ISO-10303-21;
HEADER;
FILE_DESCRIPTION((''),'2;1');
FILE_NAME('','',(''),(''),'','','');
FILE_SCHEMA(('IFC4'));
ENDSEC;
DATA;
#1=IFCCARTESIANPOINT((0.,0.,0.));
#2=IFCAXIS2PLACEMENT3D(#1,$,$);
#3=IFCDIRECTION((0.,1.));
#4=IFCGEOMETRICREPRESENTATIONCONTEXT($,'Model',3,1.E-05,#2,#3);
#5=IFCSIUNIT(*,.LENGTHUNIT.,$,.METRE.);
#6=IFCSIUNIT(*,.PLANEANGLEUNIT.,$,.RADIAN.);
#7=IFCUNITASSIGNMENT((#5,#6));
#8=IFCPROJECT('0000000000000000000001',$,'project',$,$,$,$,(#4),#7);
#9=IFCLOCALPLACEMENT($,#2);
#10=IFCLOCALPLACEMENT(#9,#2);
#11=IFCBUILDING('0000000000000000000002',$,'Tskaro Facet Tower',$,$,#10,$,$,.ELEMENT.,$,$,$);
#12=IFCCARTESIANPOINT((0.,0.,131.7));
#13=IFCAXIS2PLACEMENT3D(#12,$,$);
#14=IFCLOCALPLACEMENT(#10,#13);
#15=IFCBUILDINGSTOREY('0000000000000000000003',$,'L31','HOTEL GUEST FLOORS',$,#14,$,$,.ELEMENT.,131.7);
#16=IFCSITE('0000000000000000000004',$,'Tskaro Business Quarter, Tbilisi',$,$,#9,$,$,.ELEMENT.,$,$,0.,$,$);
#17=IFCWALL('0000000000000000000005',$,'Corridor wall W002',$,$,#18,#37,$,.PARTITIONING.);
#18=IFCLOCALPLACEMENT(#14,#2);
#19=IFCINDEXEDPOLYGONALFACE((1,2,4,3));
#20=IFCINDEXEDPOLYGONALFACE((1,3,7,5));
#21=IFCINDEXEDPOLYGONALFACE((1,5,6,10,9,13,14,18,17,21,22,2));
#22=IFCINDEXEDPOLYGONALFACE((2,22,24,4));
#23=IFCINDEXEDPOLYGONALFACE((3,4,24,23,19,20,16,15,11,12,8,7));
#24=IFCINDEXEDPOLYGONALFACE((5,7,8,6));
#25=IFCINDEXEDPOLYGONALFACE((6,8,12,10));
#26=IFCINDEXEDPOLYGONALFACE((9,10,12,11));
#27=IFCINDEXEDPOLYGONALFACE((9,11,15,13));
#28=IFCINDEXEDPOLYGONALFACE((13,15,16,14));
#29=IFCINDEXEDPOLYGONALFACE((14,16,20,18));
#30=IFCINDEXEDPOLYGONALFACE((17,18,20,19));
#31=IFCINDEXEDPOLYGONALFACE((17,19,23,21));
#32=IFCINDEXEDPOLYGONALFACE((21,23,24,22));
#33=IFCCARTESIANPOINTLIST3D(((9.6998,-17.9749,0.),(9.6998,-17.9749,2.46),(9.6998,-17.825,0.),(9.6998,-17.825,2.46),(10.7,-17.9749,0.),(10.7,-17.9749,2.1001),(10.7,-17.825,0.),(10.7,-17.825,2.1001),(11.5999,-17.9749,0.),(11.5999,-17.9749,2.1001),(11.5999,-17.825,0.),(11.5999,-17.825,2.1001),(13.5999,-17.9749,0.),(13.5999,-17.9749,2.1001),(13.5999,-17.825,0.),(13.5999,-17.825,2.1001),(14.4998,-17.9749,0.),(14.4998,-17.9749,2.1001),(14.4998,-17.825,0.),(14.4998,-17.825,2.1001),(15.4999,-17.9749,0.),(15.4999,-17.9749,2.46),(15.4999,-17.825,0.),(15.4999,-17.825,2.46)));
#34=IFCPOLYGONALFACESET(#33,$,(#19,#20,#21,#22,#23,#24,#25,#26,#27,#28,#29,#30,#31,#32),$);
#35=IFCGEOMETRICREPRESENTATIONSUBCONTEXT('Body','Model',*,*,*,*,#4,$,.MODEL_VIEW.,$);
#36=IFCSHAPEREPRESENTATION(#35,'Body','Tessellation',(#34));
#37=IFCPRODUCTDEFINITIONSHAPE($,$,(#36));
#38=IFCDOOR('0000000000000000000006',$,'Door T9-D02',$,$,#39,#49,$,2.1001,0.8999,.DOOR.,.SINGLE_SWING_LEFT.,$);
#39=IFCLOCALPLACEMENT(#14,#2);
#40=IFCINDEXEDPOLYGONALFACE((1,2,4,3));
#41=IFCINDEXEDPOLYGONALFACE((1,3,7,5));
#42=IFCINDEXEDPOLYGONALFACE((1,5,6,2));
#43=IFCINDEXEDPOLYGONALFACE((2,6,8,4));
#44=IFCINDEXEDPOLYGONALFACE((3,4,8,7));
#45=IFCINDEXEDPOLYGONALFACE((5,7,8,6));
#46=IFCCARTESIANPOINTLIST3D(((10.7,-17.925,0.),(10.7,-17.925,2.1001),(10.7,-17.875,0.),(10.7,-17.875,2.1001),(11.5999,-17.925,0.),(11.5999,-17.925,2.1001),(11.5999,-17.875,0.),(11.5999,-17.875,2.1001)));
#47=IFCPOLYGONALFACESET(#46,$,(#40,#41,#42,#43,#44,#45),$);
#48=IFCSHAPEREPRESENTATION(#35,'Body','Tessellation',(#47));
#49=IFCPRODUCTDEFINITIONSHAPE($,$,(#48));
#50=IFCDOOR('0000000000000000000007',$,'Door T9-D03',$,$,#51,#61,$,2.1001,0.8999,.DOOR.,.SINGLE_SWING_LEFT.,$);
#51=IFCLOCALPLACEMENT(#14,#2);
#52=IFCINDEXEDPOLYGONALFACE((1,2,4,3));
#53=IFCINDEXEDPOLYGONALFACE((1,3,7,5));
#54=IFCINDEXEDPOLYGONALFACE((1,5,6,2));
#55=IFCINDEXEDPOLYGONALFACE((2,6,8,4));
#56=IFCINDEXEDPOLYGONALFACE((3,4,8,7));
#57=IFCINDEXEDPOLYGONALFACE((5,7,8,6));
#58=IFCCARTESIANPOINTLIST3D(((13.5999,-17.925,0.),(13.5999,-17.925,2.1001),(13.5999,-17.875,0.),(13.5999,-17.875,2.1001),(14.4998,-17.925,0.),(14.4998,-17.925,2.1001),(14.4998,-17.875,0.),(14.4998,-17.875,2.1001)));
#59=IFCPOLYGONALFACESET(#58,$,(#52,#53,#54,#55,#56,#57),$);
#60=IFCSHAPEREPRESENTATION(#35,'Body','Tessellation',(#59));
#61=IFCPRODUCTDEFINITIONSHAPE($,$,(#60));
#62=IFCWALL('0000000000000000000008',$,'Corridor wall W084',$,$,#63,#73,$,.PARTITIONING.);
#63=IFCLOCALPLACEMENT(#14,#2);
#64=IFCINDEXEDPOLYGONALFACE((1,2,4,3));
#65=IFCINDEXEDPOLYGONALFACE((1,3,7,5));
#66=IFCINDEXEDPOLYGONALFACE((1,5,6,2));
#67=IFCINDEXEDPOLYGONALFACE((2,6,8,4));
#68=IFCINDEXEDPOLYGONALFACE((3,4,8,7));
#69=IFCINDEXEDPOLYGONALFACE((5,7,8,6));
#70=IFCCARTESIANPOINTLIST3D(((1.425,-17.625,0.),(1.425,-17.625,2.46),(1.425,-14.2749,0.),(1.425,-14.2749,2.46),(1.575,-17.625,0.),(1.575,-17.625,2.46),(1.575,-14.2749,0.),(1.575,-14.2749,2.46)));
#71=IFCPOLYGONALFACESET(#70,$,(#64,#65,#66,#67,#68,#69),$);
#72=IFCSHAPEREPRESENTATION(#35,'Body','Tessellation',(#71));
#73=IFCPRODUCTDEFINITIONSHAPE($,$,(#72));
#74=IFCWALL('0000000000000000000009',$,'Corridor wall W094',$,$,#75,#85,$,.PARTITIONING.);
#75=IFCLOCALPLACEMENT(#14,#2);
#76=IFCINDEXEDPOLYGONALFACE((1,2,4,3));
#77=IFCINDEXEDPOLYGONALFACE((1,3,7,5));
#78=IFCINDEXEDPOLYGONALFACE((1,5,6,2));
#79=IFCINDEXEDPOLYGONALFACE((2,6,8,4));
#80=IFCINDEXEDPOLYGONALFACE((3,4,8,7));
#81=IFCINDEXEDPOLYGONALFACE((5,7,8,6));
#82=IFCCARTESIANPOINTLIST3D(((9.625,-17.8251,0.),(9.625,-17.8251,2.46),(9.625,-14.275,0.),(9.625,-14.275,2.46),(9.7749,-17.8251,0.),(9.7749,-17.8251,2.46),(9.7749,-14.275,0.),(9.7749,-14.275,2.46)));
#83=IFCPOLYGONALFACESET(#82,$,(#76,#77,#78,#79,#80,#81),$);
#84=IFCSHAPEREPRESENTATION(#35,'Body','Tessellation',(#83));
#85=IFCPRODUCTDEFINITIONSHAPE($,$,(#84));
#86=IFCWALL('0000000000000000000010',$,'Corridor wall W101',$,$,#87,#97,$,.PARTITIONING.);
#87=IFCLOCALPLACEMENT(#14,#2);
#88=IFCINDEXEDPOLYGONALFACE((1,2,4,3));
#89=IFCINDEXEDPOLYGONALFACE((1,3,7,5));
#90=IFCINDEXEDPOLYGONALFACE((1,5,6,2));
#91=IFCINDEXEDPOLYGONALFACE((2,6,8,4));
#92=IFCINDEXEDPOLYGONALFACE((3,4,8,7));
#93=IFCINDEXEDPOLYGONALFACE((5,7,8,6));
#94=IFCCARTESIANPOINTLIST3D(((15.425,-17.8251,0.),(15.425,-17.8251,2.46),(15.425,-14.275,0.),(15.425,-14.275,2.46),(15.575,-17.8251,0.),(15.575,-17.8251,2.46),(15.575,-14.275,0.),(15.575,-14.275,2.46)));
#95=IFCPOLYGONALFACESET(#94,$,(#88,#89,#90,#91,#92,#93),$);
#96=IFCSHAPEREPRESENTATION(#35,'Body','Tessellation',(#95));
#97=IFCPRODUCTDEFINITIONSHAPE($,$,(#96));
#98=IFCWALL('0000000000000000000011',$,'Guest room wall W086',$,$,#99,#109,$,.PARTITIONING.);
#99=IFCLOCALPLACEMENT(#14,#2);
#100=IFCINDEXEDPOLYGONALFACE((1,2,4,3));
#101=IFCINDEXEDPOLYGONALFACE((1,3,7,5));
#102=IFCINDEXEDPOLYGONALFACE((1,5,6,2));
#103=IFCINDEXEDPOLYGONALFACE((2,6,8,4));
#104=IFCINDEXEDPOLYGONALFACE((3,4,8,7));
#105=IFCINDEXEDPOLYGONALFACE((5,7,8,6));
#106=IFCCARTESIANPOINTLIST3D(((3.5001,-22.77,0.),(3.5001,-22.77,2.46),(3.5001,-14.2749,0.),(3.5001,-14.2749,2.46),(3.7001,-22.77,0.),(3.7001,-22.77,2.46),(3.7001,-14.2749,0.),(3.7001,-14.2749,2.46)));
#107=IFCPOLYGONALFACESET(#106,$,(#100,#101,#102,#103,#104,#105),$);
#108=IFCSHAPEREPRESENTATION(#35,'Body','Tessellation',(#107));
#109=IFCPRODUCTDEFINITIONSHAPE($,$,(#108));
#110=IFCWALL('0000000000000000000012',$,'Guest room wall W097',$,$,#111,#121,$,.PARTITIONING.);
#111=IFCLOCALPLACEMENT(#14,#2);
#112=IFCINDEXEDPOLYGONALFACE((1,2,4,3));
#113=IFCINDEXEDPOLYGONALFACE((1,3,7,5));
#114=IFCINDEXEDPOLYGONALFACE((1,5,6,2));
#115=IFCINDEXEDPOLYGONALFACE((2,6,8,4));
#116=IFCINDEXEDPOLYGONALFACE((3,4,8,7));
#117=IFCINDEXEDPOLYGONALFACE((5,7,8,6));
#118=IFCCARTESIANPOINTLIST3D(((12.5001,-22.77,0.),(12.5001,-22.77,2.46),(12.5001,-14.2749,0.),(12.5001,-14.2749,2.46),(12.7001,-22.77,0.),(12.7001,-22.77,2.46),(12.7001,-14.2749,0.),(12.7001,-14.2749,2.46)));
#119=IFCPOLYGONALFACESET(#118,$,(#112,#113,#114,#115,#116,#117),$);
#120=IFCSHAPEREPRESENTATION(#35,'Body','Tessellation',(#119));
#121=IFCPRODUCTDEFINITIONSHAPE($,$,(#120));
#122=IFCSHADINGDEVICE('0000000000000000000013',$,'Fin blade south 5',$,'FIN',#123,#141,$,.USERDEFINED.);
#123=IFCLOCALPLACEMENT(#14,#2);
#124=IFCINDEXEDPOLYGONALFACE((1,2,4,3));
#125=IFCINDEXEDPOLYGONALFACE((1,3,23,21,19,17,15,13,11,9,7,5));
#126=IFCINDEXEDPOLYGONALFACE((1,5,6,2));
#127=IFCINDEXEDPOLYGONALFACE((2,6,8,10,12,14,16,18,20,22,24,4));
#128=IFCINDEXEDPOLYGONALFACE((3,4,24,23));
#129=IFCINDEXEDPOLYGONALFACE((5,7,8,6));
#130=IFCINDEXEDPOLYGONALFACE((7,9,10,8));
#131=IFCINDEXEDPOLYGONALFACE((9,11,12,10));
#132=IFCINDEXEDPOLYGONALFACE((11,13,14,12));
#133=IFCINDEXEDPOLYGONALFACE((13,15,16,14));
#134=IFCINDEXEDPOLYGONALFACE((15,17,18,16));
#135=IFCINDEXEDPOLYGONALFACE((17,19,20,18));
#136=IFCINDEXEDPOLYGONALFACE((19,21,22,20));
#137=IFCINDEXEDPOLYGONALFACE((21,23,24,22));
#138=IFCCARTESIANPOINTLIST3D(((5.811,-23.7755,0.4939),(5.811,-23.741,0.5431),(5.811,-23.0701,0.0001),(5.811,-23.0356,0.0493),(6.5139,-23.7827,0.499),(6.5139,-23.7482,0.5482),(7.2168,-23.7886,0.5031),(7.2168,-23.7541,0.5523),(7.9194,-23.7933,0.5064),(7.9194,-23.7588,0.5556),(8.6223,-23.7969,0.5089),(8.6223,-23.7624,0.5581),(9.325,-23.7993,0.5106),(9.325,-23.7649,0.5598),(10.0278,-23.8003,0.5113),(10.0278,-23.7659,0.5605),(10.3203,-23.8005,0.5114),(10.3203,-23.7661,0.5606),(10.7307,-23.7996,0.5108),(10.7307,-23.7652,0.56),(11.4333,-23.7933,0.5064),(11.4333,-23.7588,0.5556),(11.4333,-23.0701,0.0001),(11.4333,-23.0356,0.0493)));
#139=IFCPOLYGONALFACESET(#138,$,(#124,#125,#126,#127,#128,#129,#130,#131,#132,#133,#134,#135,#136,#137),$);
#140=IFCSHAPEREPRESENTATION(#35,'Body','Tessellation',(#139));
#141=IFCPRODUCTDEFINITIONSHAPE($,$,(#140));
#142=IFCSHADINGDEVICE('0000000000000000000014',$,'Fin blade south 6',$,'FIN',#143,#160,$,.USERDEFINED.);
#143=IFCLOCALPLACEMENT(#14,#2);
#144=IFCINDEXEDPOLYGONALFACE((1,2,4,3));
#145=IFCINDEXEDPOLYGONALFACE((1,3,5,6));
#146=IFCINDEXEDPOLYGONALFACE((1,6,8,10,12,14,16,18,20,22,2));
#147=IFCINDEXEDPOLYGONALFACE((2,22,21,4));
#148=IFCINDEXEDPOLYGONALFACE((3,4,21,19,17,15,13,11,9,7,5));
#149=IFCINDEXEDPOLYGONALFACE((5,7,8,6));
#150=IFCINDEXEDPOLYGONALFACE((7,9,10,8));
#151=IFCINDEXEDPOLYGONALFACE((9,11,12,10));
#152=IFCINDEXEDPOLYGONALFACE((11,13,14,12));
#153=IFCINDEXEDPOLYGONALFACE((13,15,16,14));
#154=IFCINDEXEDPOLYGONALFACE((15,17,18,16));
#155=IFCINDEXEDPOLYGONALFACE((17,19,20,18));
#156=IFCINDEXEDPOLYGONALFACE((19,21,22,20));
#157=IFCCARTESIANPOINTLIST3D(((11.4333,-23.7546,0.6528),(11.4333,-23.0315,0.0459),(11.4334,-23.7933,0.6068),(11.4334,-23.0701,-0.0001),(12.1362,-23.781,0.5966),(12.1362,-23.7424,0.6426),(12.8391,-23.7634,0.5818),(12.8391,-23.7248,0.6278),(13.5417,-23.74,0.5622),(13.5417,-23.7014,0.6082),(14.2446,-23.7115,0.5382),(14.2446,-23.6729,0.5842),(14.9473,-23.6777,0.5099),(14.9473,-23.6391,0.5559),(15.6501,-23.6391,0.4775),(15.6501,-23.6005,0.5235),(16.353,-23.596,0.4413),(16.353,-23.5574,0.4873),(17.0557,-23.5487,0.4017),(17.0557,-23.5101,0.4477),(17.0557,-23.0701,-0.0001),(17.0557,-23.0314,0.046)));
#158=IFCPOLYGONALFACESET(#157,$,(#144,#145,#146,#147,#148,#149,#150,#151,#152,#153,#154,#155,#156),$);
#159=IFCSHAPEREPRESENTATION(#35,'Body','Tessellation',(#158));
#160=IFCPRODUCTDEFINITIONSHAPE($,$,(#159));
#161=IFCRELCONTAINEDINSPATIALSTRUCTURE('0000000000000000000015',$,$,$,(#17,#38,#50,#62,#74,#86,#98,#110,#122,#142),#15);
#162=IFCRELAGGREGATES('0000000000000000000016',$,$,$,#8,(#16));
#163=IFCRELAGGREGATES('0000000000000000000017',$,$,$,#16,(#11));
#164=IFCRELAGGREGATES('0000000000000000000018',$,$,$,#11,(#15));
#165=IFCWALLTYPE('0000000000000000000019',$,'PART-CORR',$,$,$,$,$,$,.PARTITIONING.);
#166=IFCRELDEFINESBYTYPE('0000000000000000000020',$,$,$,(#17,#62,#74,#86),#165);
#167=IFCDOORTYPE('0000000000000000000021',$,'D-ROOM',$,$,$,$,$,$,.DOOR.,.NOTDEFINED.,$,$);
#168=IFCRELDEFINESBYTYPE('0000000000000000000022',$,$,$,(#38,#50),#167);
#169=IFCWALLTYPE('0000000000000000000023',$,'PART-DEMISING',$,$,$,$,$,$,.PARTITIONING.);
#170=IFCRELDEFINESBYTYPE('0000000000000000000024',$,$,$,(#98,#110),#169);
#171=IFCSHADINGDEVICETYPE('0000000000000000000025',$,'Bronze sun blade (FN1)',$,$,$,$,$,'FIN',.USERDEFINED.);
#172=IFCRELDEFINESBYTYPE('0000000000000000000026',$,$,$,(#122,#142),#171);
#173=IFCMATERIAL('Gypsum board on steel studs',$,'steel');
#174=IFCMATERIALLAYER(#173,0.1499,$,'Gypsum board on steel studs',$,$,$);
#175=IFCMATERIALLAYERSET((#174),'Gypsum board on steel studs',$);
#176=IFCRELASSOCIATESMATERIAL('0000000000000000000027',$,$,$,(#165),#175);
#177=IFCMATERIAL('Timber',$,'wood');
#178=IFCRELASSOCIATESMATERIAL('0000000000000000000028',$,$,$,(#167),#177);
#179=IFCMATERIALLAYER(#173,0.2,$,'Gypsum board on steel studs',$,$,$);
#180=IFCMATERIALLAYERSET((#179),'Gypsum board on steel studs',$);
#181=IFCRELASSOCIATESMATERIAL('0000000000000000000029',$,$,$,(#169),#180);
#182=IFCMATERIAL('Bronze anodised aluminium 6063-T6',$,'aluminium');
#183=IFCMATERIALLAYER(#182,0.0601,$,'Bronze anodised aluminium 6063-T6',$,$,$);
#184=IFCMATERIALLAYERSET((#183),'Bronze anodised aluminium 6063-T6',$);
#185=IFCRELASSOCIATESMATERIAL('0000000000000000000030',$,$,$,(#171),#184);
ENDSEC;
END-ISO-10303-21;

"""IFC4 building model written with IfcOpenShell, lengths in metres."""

from ifc_helpers import new_model, si_unit, direction, frame, frame_2d, origin, place, context, subcontext, project, spatial, polyline, rectangle, outline, extrude, material, layer, layer_set, type_object, element, fill, save


model = new_model("IFC4")

# Units and contexts
model_context = context("Model", 3, precision=1e-05, world=origin(), true_north=direction((0.0, 1.0)))
body_context = subcontext(model_context, "Body", "Model", "MODEL_VIEW")
ifc_project = project(units=[si_unit("LENGTHUNIT", "METRE"), si_unit("PLANEANGLEUNIT", "RADIAN")], contexts=[model_context])

# Site, building, storey
site_placement = place(None, origin())
site = spatial("IfcSite", under=ifc_project, at=site_placement, Name="Tskaro Business Quarter, Tbilisi", CompositionType="ELEMENT", RefElevation=0.0)
building_placement = place(site_placement, origin())
building = spatial("IfcBuilding", under=site, at=building_placement, Name="Tskaro Facet Tower", CompositionType="ELEMENT")
storey_placement = place(building_placement, frame((0.0, 0.0, 131.7)))
storey = spatial("IfcBuildingStorey", under=building, at=storey_placement, Name="L31", Description="HOTEL GUEST FLOORS", CompositionType="ELEMENT", Elevation=131.7)

# Shared definitions
ifc_material_1 = material(Name="Bronze anodised aluminium 6063-T6", Category="aluminium")

# Wall, openings, doors
ifc_material_2 = material(Name="Gypsum board on steel studs", Category="steel")
ifc_layer_1 = layer(ifc_material_2, 0.1499, Name="Gypsum board on steel studs")
ifc_layer_set_1 = layer_set([ifc_layer_1], Name="Gypsum board on steel studs")
wall_type_1 = type_object("IfcWallType", Name="PART-CORR", PredefinedType="PARTITIONING", material=ifc_layer_set_1)
wall_1_placement = place(storey_placement, frame((9.7, -17.8999, 0.0), z_axis=(0.0, 0.0, 1.0), x_axis=(1.0, 0.0, 0.0)))
wall_1 = element("IfcWall", 1, at=wall_1_placement, inside=storey, type_object=wall_type_1, Name="Corridor wall W002", PredefinedType="PARTITIONING", context=body_context, shape_type="SweptSolid", body=[
    extrude(rectangle(XDim=5.8, YDim=0.1499, at=frame_2d((2.8999, 0.0))), origin(), (0.0, 0.0, 1.0), 2.46),
])
opening_1_placement = place(wall_1_placement, frame((1.0, 0.0, 0.0)))
opening_1 = element("IfcOpeningElement", 2, at=opening_1_placement, cuts=wall_1, PredefinedType="OPENING", context=body_context, shape_type="SweptSolid", body=[
    extrude(rectangle(XDim=0.8999, YDim=2.1001, at=frame_2d((0.45, 1.05))), frame((0.0, 0.085, 0.0), z_axis=(0.0, -1.0, 0.0), x_axis=(1.0, 0.0, 0.0)), (0.0, 0.0, 1.0), 0.1699),
])
opening_2_placement = place(wall_1_placement, frame((3.8999, 0.0, 0.0)))
opening_2 = element("IfcOpeningElement", 3, at=opening_2_placement, cuts=wall_1, PredefinedType="OPENING", context=body_context, shape_type="SweptSolid", body=[
    extrude(rectangle(XDim=0.8999, YDim=2.1001, at=frame_2d((0.45, 1.05))), frame((0.0, 0.085, 0.0), z_axis=(0.0, -1.0, 0.0), x_axis=(1.0, 0.0, 0.0)), (0.0, 0.0, 1.0), 0.1699),
])
ifc_material_3 = material(Name="Timber", Category="wood")
door_type = type_object("IfcDoorType", Name="D-ROOM", OperationType="NOTDEFINED", PredefinedType="DOOR", material=ifc_material_3)
door_1_placement = place(opening_1_placement, origin())
door_1 = element("IfcDoor", 4, at=door_1_placement, inside=storey, type_object=door_type, Name="Door T9-D02", OperationType="SINGLE_SWING_LEFT", OverallHeight=2.1001, OverallWidth=0.8999, PredefinedType="DOOR", context=body_context, shape_type="SweptSolid", body=[
    extrude(rectangle(XDim=0.8999, YDim=2.1001, at=frame_2d((0.45, 1.05))), frame((0.0, 0.0249, 0.0), z_axis=(0.0, -1.0, 0.0), x_axis=(1.0, 0.0, 0.0)), (0.0, 0.0, 1.0), 0.05),
])
fill(opening_1, door_1)
door_2_placement = place(opening_2_placement, origin())
door_2 = element("IfcDoor", 5, at=door_2_placement, inside=storey, type_object=door_type, Name="Door T9-D03", OperationType="SINGLE_SWING_LEFT", OverallHeight=2.1001, OverallWidth=0.8999, PredefinedType="DOOR", context=body_context, shape_type="SweptSolid", body=[
    extrude(rectangle(XDim=0.8999, YDim=2.1001, at=frame_2d((0.45, 1.05))), frame((0.0, 0.0249, 0.0), z_axis=(0.0, -1.0, 0.0), x_axis=(1.0, 0.0, 0.0)), (0.0, 0.0, 1.0), 0.05),
])
fill(opening_2, door_2)

# Walls
wall_2_placement = place(storey_placement, frame((1.5, -17.625, 0.0), z_axis=(0.0, 0.0, 1.0), x_axis=(0.0, 1.0, 0.0)))
element("IfcWall", 6, at=wall_2_placement, inside=storey, type_object=wall_type_1, Name="Corridor wall W084", PredefinedType="PARTITIONING", context=body_context, shape_type="SweptSolid", body=[
    extrude(rectangle(XDim=3.3501, YDim=0.1499, at=frame_2d((1.675, 0.0))), origin(), (0.0, 0.0, 1.0), 2.46),
])
for number, where, z_axis, x_axis, name in (
    (7, (9.7, -17.825, 0.0), (0.0, 0.0, 1.0), (0.0, 1.0, 0.0), "Corridor wall W094"),
    (8, (15.5, -17.825, 0.0), (0.0, 0.0, 1.0), (0.0, 1.0, 0.0), "Corridor wall W101"),
):
    element("IfcWall", number, at=place(storey_placement, frame(where, z_axis=z_axis, x_axis=x_axis)), inside=storey, type_object=wall_type_1, Name=name, PredefinedType="PARTITIONING", context=body_context, shape_type="SweptSolid", body=[
        extrude(rectangle(XDim=3.55, YDim=0.1499, at=frame_2d((1.7749, 0.0))), origin(), (0.0, 0.0, 1.0), 2.46),
    ])
ifc_layer_2 = layer(ifc_material_2, 0.2, Name="Gypsum board on steel studs")
ifc_layer_set_2 = layer_set([ifc_layer_2], Name="Gypsum board on steel studs")
wall_type_2 = type_object("IfcWallType", Name="PART-DEMISING", PredefinedType="PARTITIONING", material=ifc_layer_set_2)
for number, where, z_axis, x_axis, name in (
    (9, (3.6001, -22.77, 0.0), (0.0, 0.0, 1.0), (0.0, 1.0, 0.0), "Guest room wall W086"),
    (10, (12.6001, -22.77, 0.0), (0.0, 0.0, 1.0), (0.0, 1.0, 0.0), "Guest room wall W097"),
):
    element("IfcWall", number, at=place(storey_placement, frame(where, z_axis=z_axis, x_axis=x_axis)), inside=storey, type_object=wall_type_2, Name=name, PredefinedType="PARTITIONING", context=body_context, shape_type="SweptSolid", body=[
        extrude(rectangle(XDim=8.4951, YDim=0.2, at=frame_2d((4.2476, 0.0))), origin(), (0.0, 0.0, 1.0), 2.46),
    ])

# Shading devices
ifc_layer_3 = layer(ifc_material_1, 0.0601, Name="Bronze anodised aluminium 6063-T6")
ifc_layer_set_3 = layer_set([ifc_layer_3], Name="Bronze anodised aluminium 6063-T6")
shading_device_type = type_object("IfcShadingDeviceType", Name="Bronze sun blade (FN1)", ElementType="FIN", PredefinedType="USERDEFINED", material=ifc_layer_set_3)
shading_device_1_placement = place(storey_placement, frame((5.811, -23.0356, 0.0493), z_axis=(0.000001, 0.573494, 0.81921), x_axis=(1.0, -0.000001, -0.000001)))
element("IfcShadingDevice", 11, at=shading_device_1_placement, inside=storey, type_object=shading_device_type, Name="Fin blade south 5", ObjectType="FIN", PredefinedType="USERDEFINED", context=body_context, shape_type="SweptSolid", body=[
    extrude(outline(polyline([(0.0, 0.0), (5.6223, 0.0), (5.6223, -0.8828), (4.9197, -0.8905), (4.5093, -0.8916), (4.2168, -0.8914), (3.5139, -0.8902), (2.8113, -0.8872), (2.1084, -0.8828), (1.4058, -0.877), (0.7029, -0.8699), (0.0, -0.8611), (0.0, 0.0)])), origin(), (0.0, 0.0, -1.0), 0.0601),
])
shading_device_2_placement = place(storey_placement, frame((11.4333, -23.0315, 0.0459), z_axis=(-0.000013, 0.64287, 0.765975), x_axis=(1.0, 0.000008, 0.00001)))
element("IfcShadingDevice", 12, at=shading_device_2_placement, inside=storey, type_object=shading_device_type, Name="Fin blade south 6", ObjectType="FIN", PredefinedType="USERDEFINED", context=body_context, shape_type="SweptSolid", body=[
    extrude(outline(polyline([(0.0, 0.0), (5.6223, 0.0), (5.6223, -0.6249), (4.9197, -0.6866), (4.2168, -0.7429), (3.5139, -0.7933), (2.8113, -0.8373), (2.1084, -0.8746), (1.4058, -0.9051), (0.7029, -0.9281), (0.0, -0.9441), (0.0, 0.0)])), origin(), (0.0, 0.0, -1.0), 0.0601),
])

save(model, "model.ifc")
